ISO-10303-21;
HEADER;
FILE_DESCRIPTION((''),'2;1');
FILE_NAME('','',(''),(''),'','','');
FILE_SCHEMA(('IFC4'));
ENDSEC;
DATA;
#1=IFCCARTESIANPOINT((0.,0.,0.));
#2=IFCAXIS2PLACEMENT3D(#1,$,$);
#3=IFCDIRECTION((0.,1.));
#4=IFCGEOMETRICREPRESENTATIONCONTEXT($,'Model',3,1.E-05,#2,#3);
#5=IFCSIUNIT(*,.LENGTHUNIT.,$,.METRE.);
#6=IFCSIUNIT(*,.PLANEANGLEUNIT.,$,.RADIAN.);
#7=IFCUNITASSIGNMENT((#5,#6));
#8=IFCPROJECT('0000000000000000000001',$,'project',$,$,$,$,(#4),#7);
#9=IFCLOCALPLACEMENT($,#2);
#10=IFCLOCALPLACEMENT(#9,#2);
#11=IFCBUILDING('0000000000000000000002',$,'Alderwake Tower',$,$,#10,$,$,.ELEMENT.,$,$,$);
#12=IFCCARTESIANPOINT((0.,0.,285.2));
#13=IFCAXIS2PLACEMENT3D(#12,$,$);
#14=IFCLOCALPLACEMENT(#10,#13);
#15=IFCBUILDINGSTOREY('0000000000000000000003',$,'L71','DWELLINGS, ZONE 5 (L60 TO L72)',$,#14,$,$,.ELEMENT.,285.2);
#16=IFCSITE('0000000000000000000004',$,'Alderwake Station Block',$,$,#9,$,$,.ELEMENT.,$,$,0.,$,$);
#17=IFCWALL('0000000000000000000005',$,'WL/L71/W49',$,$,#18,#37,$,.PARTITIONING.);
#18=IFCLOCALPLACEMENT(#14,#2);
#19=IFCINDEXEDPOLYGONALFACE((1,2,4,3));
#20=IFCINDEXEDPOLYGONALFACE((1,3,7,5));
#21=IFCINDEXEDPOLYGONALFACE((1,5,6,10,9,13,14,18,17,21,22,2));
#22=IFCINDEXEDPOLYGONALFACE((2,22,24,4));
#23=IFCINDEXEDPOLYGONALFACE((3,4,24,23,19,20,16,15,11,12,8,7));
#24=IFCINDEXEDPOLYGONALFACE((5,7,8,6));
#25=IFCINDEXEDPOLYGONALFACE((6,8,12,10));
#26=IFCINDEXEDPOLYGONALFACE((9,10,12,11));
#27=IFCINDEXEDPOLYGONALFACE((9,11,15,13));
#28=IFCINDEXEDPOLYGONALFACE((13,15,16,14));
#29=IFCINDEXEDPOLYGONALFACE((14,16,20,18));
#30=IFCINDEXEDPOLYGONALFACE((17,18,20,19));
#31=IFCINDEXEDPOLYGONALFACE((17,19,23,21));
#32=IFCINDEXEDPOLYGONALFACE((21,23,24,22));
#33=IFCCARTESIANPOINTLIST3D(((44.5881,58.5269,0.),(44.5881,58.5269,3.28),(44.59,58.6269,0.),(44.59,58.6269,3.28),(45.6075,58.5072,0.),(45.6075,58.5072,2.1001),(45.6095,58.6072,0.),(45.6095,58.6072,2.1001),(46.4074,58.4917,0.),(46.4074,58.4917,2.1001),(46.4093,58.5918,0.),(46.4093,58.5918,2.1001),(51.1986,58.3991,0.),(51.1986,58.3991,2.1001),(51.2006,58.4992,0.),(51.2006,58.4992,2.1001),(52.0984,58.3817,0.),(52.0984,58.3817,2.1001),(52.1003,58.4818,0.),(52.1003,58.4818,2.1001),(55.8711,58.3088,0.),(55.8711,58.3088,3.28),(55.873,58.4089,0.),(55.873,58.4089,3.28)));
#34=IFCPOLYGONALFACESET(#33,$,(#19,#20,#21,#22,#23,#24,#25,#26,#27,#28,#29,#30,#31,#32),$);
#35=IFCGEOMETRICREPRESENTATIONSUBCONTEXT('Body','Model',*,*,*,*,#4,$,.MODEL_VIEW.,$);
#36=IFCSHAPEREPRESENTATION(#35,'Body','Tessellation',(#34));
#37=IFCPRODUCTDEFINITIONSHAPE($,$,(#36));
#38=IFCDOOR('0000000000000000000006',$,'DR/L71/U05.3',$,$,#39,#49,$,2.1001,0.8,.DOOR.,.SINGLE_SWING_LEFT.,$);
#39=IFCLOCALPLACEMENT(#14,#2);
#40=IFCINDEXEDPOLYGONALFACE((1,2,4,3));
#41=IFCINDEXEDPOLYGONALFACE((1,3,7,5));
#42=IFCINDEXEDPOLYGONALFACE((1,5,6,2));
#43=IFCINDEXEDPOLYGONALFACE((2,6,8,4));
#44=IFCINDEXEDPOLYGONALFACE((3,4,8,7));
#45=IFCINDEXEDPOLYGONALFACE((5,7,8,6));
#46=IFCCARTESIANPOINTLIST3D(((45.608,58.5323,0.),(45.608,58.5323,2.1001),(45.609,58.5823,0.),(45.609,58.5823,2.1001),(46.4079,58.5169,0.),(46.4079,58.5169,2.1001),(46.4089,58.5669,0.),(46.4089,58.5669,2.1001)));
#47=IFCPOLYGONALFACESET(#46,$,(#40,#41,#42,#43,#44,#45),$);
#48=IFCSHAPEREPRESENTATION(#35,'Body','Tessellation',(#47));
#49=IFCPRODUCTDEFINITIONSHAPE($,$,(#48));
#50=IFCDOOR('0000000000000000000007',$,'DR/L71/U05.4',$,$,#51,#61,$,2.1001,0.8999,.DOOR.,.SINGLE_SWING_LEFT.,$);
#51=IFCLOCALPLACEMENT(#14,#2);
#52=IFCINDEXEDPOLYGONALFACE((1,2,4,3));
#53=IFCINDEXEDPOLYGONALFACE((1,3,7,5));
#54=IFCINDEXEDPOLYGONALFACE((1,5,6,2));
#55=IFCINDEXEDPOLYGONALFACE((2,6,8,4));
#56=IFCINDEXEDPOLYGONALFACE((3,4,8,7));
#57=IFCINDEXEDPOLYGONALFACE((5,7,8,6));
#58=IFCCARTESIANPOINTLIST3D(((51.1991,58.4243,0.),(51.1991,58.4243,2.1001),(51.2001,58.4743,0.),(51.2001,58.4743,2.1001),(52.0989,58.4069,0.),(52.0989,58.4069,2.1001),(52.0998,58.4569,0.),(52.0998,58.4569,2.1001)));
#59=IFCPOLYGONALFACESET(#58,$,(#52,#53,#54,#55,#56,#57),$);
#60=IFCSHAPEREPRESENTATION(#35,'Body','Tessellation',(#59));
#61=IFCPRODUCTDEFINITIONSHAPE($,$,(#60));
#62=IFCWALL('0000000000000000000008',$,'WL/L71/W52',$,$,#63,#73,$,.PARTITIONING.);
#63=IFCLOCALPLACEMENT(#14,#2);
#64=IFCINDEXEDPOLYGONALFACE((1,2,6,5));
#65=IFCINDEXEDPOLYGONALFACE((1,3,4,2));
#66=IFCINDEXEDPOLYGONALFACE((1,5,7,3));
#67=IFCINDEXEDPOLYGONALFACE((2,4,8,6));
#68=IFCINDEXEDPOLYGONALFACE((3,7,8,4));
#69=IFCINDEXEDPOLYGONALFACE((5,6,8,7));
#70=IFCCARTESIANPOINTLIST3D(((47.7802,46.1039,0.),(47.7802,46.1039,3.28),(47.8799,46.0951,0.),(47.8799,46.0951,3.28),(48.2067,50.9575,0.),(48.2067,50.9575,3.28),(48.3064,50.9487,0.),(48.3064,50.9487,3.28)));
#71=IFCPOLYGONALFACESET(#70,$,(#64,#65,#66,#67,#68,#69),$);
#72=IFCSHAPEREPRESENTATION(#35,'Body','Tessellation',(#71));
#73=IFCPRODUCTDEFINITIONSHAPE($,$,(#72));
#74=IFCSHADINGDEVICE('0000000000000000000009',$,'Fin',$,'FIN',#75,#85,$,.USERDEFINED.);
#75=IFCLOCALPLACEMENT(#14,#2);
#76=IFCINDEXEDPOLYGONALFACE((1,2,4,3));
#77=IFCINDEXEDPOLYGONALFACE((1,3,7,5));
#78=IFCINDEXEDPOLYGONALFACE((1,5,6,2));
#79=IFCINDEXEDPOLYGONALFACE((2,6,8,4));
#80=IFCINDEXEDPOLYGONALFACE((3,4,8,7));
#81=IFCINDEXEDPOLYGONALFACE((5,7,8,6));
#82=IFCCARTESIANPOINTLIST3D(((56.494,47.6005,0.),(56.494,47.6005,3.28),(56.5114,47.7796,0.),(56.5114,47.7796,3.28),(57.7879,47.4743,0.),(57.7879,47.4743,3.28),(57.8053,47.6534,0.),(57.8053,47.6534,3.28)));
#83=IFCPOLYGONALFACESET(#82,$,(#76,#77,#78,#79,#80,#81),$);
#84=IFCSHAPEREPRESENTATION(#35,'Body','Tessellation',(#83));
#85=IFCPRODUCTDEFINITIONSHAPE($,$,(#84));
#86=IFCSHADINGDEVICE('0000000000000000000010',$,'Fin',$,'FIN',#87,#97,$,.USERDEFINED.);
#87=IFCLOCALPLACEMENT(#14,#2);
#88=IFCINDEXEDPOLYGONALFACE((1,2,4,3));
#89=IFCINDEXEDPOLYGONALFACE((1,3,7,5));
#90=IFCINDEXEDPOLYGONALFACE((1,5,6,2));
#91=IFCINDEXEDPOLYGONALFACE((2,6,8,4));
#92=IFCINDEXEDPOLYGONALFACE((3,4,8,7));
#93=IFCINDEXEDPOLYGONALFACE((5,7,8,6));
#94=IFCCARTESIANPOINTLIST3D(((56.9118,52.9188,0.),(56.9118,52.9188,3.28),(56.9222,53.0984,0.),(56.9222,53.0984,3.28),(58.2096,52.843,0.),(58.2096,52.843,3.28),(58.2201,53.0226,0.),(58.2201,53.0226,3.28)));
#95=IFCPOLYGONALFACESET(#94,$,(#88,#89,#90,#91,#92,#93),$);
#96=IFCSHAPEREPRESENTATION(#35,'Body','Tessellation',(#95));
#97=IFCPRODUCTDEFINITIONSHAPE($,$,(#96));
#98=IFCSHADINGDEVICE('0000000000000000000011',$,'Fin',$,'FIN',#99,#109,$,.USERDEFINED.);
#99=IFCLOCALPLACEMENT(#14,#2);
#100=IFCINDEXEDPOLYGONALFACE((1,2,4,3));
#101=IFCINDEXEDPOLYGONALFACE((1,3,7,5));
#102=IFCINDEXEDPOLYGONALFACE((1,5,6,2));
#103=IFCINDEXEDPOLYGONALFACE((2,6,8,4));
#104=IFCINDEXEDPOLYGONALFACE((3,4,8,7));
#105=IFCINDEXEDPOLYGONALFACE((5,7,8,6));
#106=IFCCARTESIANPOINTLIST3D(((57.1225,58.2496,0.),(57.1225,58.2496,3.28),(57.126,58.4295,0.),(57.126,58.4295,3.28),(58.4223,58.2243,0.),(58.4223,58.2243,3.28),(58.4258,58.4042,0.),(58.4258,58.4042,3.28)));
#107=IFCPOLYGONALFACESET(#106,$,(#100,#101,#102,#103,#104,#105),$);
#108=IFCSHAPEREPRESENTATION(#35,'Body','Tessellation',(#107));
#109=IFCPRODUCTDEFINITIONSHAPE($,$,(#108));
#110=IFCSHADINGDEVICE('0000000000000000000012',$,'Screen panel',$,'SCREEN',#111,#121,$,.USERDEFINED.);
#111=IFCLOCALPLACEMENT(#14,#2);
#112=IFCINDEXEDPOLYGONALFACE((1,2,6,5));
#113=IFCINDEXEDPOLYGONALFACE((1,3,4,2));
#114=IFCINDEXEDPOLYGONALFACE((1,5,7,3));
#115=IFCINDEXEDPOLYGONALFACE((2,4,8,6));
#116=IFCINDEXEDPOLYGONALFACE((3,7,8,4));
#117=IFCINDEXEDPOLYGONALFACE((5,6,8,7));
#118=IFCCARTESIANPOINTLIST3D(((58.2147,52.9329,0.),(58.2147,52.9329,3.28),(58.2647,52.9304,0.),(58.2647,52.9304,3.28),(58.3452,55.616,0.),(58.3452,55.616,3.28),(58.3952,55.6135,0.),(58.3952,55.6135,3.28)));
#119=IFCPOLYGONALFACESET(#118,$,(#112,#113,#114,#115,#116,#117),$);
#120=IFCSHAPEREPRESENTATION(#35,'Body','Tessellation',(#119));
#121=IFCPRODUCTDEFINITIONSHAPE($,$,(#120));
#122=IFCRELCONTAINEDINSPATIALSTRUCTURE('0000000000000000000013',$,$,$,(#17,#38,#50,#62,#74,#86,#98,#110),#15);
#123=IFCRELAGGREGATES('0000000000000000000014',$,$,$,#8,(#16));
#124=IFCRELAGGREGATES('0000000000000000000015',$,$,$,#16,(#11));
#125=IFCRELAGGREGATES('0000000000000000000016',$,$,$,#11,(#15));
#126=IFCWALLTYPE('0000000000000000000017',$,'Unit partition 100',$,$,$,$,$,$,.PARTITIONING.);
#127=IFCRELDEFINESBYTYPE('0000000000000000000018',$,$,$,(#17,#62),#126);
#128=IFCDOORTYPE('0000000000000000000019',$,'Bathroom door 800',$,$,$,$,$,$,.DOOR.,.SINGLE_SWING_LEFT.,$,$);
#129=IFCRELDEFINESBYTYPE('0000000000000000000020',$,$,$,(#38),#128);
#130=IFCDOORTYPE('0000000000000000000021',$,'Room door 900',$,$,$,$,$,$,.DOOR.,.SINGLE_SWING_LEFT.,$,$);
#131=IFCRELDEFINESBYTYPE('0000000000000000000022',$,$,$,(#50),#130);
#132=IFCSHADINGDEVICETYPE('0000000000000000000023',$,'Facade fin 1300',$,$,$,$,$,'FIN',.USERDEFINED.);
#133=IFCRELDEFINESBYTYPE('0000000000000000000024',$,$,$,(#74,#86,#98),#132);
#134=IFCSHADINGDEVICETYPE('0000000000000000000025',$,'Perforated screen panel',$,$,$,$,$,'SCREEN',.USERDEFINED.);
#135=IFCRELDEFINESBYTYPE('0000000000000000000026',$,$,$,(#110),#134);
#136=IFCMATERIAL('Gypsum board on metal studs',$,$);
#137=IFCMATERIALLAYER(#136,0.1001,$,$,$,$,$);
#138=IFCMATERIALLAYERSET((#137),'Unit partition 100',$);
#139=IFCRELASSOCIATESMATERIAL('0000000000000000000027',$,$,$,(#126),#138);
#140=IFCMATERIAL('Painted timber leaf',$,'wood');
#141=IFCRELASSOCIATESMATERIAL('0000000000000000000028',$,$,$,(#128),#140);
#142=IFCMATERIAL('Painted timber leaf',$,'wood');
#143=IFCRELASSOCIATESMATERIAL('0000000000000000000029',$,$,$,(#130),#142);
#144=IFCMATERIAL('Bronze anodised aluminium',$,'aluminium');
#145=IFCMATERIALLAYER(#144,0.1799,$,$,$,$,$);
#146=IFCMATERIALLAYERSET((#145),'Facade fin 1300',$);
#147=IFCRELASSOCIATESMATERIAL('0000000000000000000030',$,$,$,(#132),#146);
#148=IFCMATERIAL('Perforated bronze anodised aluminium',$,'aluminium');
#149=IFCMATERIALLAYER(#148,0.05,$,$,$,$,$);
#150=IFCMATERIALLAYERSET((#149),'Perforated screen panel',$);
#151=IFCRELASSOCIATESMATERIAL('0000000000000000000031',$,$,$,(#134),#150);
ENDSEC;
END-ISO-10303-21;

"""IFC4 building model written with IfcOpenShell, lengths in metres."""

from ifc_helpers import new_model, si_unit, direction, frame, frame_2d, origin, origin_2d, place, context, subcontext, project, spatial, rectangle, extrude, material, layer, layer_set, type_object, element, fill, save


model = new_model("IFC4")

# Units and contexts
model_context = context("Model", 3, precision=1e-05, world=origin(), true_north=direction((0.0, 1.0)))
body_context = subcontext(model_context, "Body", "Model", "MODEL_VIEW")
ifc_project = project(units=[si_unit("LENGTHUNIT", "METRE"), si_unit("PLANEANGLEUNIT", "RADIAN")], contexts=[model_context])

# Site, building, storey
site_placement = place(None, origin())
site = spatial("IfcSite", under=ifc_project, at=site_placement, Name="Alderwake Station Block", CompositionType="ELEMENT", RefElevation=0.0)
building_placement = place(site_placement, origin())
building = spatial("IfcBuilding", under=site, at=building_placement, Name="Alderwake Tower", CompositionType="ELEMENT")
storey_placement = place(building_placement, frame((0.0, 0.0, 285.2)))
storey = spatial("IfcBuildingStorey", under=building, at=storey_placement, Name="L71", Description="DWELLINGS, ZONE 5 (L60 TO L72)", CompositionType="ELEMENT", Elevation=285.2)

# Wall, openings, doors
ifc_material_1 = material(Name="Gypsum board on metal studs")
ifc_layer_1 = layer(ifc_material_1, 0.1001)
ifc_layer_set_1 = layer_set([ifc_layer_1], Name="Unit partition 100")
wall_type_1 = type_object("IfcWallType", Name="Unit partition 100", PredefinedType="PARTITIONING", material=ifc_layer_set_1)
ifc_material_2 = material(Name="Painted timber leaf", Category="wood")
door_type_1 = type_object("IfcDoorType", Name="Bathroom door 800", OperationType="SINGLE_SWING_LEFT", PredefinedType="DOOR", material=ifc_material_2)
ifc_material_3 = material(Name="Painted timber leaf", Category="wood")
door_type_2 = type_object("IfcDoorType", Name="Room door 900", OperationType="SINGLE_SWING_LEFT", PredefinedType="DOOR", material=ifc_material_3)
wall_1_placement = place(storey_placement, frame((55.8721, 58.3589, 0.0), z_axis=(0.0, 0.0, 1.0), x_axis=(-0.999813, 0.019319, 0.0)))
wall_1 = element("IfcWall", 1, at=wall_1_placement, inside=storey, type_object=wall_type_1, Name="WL/L71/W49", PredefinedType="PARTITIONING", context=body_context, shape_type="SweptSolid", body=[
    extrude(rectangle(XDim=11.2852, YDim=0.1001, at=frame_2d((5.6426, 0.0))), origin(), (0.0, 0.0, 1.0), 3.28),
])
opening_1_placement = place(wall_1_placement, frame((9.4656, 0.0, 0.0)))
opening_1 = element("IfcOpeningElement", 2, at=opening_1_placement, cuts=wall_1, PredefinedType="OPENING", context=body_context, shape_type="SweptSolid", body=[
    extrude(rectangle(XDim=0.8, YDim=2.1001, at=frame_2d((0.3999, 1.05))), frame((0.0, 0.0601, 0.0), z_axis=(0.0, -1.0, 0.0), x_axis=(1.0, 0.0, 0.0)), (0.0, 0.0, 1.0), 0.1201),
])
opening_2_placement = place(wall_1_placement, frame((3.7734, 0.0, 0.0)))
opening_2 = element("IfcOpeningElement", 3, at=opening_2_placement, cuts=wall_1, PredefinedType="OPENING", context=body_context, shape_type="SweptSolid", body=[
    extrude(rectangle(XDim=0.8999, YDim=2.1001, at=frame_2d((0.45, 1.05))), frame((0.0, 0.0601, 0.0), z_axis=(0.0, -1.0, 0.0), x_axis=(1.0, 0.0, 0.0)), (0.0, 0.0, 1.0), 0.1201),
])
door_1_placement = place(opening_1_placement, origin())
door_1 = element("IfcDoor", 4, at=door_1_placement, inside=storey, type_object=door_type_1, Name="DR/L71/U05.3", OperationType="SINGLE_SWING_LEFT", OverallHeight=2.1001, OverallWidth=0.8, PredefinedType="DOOR", context=body_context, shape_type="SweptSolid", body=[
    extrude(rectangle(XDim=0.8, YDim=2.1001, at=frame_2d((0.3999, 1.05))), frame((0.0, 0.0249, 0.0), z_axis=(0.0, -1.0, 0.0), x_axis=(1.0, 0.0, 0.0)), (0.0, 0.0, 1.0), 0.05),
])
fill(opening_1, door_1)
door_2_placement = place(opening_2_placement, origin())
door_2 = element("IfcDoor", 5, at=door_2_placement, inside=storey, type_object=door_type_2, Name="DR/L71/U05.4", OperationType="SINGLE_SWING_LEFT", OverallHeight=2.1001, OverallWidth=0.8999, PredefinedType="DOOR", context=body_context, shape_type="SweptSolid", body=[
    extrude(rectangle(XDim=0.8999, YDim=2.1001, at=frame_2d((0.45, 1.05))), frame((0.0, 0.0249, 0.0), z_axis=(0.0, -1.0, 0.0), x_axis=(1.0, 0.0, 0.0)), (0.0, 0.0, 1.0), 0.05),
])
fill(opening_2, door_2)

# Wall
wall_2_placement = place(storey_placement, frame((47.8301, 46.0996, 0.0), z_axis=(0.0, 0.0, 1.0), x_axis=(0.08754, 0.996161, 0.0)))
element("IfcWall", 6, at=wall_2_placement, inside=storey, type_object=wall_type_1, Name="WL/L71/W52", PredefinedType="PARTITIONING", context=body_context, shape_type="SweptSolid", body=[
    extrude(rectangle(XDim=4.8723, YDim=0.1001, at=frame_2d((2.436, 0.0))), origin(), (0.0, 0.0, 1.0), 3.28),
])

# Shading devices
ifc_material_4 = material(Name="Bronze anodised aluminium", Category="aluminium")
ifc_layer_2 = layer(ifc_material_4, 0.1799)
ifc_layer_set_2 = layer_set([ifc_layer_2], Name="Facade fin 1300")
shading_device_type_1 = type_object("IfcShadingDeviceType", Name="Facade fin 1300", ElementType="FIN", PredefinedType="USERDEFINED", material=ifc_layer_set_2)
for number, where, z_axis, x_axis, name in (
    (7, (57.1497, 47.627, 0.0), (0.0, 0.0, 1.0), (0.99528, -0.097046, 0.0), "Fin"),
    (8, (57.5659, 52.9707, 0.0), (0.0, 0.0, 1.0), (0.998301, -0.058266, 0.0), "Fin"),
    (9, (57.7742, 58.3269, 0.0), (0.0, 0.0, 1.0), (0.999812, -0.019398, 0.0), "Fin"),
):
    element("IfcShadingDevice", number, at=place(storey_placement, frame(where, z_axis=z_axis, x_axis=x_axis)), inside=storey, type_object=shading_device_type_1, Name=name, ObjectType="FIN", PredefinedType="USERDEFINED", context=body_context, shape_type="SweptSolid", body=[
        extrude(rectangle(XDim=1.3, YDim=0.1799, at=origin_2d()), origin(), (0.0, 0.0, 1.0), 3.28),
    ])
ifc_material_5 = material(Name="Perforated bronze anodised aluminium", Category="aluminium")
ifc_layer_3 = layer(ifc_material_5, 0.05)
ifc_layer_set_3 = layer_set([ifc_layer_3], Name="Perforated screen panel")
shading_device_type_2 = type_object("IfcShadingDeviceType", Name="Perforated screen panel", ElementType="SCREEN", PredefinedType="USERDEFINED", material=ifc_layer_set_3)
shading_device_placement = place(storey_placement, frame((58.3049, 54.2732, 0.0), z_axis=(0.0, 0.0, 1.0), x_axis=(0.998819, -0.048581, 0.0)))
element("IfcShadingDevice", 10, at=shading_device_placement, inside=storey, type_object=shading_device_type_2, Name="Screen panel", ObjectType="SCREEN", PredefinedType="USERDEFINED", context=body_context, shape_type="SweptSolid", body=[
    extrude(rectangle(XDim=0.05, YDim=2.6863, at=origin_2d()), origin(), (0.0, 0.0, 1.0), 3.28),
])

save(model, "model.ifc")
